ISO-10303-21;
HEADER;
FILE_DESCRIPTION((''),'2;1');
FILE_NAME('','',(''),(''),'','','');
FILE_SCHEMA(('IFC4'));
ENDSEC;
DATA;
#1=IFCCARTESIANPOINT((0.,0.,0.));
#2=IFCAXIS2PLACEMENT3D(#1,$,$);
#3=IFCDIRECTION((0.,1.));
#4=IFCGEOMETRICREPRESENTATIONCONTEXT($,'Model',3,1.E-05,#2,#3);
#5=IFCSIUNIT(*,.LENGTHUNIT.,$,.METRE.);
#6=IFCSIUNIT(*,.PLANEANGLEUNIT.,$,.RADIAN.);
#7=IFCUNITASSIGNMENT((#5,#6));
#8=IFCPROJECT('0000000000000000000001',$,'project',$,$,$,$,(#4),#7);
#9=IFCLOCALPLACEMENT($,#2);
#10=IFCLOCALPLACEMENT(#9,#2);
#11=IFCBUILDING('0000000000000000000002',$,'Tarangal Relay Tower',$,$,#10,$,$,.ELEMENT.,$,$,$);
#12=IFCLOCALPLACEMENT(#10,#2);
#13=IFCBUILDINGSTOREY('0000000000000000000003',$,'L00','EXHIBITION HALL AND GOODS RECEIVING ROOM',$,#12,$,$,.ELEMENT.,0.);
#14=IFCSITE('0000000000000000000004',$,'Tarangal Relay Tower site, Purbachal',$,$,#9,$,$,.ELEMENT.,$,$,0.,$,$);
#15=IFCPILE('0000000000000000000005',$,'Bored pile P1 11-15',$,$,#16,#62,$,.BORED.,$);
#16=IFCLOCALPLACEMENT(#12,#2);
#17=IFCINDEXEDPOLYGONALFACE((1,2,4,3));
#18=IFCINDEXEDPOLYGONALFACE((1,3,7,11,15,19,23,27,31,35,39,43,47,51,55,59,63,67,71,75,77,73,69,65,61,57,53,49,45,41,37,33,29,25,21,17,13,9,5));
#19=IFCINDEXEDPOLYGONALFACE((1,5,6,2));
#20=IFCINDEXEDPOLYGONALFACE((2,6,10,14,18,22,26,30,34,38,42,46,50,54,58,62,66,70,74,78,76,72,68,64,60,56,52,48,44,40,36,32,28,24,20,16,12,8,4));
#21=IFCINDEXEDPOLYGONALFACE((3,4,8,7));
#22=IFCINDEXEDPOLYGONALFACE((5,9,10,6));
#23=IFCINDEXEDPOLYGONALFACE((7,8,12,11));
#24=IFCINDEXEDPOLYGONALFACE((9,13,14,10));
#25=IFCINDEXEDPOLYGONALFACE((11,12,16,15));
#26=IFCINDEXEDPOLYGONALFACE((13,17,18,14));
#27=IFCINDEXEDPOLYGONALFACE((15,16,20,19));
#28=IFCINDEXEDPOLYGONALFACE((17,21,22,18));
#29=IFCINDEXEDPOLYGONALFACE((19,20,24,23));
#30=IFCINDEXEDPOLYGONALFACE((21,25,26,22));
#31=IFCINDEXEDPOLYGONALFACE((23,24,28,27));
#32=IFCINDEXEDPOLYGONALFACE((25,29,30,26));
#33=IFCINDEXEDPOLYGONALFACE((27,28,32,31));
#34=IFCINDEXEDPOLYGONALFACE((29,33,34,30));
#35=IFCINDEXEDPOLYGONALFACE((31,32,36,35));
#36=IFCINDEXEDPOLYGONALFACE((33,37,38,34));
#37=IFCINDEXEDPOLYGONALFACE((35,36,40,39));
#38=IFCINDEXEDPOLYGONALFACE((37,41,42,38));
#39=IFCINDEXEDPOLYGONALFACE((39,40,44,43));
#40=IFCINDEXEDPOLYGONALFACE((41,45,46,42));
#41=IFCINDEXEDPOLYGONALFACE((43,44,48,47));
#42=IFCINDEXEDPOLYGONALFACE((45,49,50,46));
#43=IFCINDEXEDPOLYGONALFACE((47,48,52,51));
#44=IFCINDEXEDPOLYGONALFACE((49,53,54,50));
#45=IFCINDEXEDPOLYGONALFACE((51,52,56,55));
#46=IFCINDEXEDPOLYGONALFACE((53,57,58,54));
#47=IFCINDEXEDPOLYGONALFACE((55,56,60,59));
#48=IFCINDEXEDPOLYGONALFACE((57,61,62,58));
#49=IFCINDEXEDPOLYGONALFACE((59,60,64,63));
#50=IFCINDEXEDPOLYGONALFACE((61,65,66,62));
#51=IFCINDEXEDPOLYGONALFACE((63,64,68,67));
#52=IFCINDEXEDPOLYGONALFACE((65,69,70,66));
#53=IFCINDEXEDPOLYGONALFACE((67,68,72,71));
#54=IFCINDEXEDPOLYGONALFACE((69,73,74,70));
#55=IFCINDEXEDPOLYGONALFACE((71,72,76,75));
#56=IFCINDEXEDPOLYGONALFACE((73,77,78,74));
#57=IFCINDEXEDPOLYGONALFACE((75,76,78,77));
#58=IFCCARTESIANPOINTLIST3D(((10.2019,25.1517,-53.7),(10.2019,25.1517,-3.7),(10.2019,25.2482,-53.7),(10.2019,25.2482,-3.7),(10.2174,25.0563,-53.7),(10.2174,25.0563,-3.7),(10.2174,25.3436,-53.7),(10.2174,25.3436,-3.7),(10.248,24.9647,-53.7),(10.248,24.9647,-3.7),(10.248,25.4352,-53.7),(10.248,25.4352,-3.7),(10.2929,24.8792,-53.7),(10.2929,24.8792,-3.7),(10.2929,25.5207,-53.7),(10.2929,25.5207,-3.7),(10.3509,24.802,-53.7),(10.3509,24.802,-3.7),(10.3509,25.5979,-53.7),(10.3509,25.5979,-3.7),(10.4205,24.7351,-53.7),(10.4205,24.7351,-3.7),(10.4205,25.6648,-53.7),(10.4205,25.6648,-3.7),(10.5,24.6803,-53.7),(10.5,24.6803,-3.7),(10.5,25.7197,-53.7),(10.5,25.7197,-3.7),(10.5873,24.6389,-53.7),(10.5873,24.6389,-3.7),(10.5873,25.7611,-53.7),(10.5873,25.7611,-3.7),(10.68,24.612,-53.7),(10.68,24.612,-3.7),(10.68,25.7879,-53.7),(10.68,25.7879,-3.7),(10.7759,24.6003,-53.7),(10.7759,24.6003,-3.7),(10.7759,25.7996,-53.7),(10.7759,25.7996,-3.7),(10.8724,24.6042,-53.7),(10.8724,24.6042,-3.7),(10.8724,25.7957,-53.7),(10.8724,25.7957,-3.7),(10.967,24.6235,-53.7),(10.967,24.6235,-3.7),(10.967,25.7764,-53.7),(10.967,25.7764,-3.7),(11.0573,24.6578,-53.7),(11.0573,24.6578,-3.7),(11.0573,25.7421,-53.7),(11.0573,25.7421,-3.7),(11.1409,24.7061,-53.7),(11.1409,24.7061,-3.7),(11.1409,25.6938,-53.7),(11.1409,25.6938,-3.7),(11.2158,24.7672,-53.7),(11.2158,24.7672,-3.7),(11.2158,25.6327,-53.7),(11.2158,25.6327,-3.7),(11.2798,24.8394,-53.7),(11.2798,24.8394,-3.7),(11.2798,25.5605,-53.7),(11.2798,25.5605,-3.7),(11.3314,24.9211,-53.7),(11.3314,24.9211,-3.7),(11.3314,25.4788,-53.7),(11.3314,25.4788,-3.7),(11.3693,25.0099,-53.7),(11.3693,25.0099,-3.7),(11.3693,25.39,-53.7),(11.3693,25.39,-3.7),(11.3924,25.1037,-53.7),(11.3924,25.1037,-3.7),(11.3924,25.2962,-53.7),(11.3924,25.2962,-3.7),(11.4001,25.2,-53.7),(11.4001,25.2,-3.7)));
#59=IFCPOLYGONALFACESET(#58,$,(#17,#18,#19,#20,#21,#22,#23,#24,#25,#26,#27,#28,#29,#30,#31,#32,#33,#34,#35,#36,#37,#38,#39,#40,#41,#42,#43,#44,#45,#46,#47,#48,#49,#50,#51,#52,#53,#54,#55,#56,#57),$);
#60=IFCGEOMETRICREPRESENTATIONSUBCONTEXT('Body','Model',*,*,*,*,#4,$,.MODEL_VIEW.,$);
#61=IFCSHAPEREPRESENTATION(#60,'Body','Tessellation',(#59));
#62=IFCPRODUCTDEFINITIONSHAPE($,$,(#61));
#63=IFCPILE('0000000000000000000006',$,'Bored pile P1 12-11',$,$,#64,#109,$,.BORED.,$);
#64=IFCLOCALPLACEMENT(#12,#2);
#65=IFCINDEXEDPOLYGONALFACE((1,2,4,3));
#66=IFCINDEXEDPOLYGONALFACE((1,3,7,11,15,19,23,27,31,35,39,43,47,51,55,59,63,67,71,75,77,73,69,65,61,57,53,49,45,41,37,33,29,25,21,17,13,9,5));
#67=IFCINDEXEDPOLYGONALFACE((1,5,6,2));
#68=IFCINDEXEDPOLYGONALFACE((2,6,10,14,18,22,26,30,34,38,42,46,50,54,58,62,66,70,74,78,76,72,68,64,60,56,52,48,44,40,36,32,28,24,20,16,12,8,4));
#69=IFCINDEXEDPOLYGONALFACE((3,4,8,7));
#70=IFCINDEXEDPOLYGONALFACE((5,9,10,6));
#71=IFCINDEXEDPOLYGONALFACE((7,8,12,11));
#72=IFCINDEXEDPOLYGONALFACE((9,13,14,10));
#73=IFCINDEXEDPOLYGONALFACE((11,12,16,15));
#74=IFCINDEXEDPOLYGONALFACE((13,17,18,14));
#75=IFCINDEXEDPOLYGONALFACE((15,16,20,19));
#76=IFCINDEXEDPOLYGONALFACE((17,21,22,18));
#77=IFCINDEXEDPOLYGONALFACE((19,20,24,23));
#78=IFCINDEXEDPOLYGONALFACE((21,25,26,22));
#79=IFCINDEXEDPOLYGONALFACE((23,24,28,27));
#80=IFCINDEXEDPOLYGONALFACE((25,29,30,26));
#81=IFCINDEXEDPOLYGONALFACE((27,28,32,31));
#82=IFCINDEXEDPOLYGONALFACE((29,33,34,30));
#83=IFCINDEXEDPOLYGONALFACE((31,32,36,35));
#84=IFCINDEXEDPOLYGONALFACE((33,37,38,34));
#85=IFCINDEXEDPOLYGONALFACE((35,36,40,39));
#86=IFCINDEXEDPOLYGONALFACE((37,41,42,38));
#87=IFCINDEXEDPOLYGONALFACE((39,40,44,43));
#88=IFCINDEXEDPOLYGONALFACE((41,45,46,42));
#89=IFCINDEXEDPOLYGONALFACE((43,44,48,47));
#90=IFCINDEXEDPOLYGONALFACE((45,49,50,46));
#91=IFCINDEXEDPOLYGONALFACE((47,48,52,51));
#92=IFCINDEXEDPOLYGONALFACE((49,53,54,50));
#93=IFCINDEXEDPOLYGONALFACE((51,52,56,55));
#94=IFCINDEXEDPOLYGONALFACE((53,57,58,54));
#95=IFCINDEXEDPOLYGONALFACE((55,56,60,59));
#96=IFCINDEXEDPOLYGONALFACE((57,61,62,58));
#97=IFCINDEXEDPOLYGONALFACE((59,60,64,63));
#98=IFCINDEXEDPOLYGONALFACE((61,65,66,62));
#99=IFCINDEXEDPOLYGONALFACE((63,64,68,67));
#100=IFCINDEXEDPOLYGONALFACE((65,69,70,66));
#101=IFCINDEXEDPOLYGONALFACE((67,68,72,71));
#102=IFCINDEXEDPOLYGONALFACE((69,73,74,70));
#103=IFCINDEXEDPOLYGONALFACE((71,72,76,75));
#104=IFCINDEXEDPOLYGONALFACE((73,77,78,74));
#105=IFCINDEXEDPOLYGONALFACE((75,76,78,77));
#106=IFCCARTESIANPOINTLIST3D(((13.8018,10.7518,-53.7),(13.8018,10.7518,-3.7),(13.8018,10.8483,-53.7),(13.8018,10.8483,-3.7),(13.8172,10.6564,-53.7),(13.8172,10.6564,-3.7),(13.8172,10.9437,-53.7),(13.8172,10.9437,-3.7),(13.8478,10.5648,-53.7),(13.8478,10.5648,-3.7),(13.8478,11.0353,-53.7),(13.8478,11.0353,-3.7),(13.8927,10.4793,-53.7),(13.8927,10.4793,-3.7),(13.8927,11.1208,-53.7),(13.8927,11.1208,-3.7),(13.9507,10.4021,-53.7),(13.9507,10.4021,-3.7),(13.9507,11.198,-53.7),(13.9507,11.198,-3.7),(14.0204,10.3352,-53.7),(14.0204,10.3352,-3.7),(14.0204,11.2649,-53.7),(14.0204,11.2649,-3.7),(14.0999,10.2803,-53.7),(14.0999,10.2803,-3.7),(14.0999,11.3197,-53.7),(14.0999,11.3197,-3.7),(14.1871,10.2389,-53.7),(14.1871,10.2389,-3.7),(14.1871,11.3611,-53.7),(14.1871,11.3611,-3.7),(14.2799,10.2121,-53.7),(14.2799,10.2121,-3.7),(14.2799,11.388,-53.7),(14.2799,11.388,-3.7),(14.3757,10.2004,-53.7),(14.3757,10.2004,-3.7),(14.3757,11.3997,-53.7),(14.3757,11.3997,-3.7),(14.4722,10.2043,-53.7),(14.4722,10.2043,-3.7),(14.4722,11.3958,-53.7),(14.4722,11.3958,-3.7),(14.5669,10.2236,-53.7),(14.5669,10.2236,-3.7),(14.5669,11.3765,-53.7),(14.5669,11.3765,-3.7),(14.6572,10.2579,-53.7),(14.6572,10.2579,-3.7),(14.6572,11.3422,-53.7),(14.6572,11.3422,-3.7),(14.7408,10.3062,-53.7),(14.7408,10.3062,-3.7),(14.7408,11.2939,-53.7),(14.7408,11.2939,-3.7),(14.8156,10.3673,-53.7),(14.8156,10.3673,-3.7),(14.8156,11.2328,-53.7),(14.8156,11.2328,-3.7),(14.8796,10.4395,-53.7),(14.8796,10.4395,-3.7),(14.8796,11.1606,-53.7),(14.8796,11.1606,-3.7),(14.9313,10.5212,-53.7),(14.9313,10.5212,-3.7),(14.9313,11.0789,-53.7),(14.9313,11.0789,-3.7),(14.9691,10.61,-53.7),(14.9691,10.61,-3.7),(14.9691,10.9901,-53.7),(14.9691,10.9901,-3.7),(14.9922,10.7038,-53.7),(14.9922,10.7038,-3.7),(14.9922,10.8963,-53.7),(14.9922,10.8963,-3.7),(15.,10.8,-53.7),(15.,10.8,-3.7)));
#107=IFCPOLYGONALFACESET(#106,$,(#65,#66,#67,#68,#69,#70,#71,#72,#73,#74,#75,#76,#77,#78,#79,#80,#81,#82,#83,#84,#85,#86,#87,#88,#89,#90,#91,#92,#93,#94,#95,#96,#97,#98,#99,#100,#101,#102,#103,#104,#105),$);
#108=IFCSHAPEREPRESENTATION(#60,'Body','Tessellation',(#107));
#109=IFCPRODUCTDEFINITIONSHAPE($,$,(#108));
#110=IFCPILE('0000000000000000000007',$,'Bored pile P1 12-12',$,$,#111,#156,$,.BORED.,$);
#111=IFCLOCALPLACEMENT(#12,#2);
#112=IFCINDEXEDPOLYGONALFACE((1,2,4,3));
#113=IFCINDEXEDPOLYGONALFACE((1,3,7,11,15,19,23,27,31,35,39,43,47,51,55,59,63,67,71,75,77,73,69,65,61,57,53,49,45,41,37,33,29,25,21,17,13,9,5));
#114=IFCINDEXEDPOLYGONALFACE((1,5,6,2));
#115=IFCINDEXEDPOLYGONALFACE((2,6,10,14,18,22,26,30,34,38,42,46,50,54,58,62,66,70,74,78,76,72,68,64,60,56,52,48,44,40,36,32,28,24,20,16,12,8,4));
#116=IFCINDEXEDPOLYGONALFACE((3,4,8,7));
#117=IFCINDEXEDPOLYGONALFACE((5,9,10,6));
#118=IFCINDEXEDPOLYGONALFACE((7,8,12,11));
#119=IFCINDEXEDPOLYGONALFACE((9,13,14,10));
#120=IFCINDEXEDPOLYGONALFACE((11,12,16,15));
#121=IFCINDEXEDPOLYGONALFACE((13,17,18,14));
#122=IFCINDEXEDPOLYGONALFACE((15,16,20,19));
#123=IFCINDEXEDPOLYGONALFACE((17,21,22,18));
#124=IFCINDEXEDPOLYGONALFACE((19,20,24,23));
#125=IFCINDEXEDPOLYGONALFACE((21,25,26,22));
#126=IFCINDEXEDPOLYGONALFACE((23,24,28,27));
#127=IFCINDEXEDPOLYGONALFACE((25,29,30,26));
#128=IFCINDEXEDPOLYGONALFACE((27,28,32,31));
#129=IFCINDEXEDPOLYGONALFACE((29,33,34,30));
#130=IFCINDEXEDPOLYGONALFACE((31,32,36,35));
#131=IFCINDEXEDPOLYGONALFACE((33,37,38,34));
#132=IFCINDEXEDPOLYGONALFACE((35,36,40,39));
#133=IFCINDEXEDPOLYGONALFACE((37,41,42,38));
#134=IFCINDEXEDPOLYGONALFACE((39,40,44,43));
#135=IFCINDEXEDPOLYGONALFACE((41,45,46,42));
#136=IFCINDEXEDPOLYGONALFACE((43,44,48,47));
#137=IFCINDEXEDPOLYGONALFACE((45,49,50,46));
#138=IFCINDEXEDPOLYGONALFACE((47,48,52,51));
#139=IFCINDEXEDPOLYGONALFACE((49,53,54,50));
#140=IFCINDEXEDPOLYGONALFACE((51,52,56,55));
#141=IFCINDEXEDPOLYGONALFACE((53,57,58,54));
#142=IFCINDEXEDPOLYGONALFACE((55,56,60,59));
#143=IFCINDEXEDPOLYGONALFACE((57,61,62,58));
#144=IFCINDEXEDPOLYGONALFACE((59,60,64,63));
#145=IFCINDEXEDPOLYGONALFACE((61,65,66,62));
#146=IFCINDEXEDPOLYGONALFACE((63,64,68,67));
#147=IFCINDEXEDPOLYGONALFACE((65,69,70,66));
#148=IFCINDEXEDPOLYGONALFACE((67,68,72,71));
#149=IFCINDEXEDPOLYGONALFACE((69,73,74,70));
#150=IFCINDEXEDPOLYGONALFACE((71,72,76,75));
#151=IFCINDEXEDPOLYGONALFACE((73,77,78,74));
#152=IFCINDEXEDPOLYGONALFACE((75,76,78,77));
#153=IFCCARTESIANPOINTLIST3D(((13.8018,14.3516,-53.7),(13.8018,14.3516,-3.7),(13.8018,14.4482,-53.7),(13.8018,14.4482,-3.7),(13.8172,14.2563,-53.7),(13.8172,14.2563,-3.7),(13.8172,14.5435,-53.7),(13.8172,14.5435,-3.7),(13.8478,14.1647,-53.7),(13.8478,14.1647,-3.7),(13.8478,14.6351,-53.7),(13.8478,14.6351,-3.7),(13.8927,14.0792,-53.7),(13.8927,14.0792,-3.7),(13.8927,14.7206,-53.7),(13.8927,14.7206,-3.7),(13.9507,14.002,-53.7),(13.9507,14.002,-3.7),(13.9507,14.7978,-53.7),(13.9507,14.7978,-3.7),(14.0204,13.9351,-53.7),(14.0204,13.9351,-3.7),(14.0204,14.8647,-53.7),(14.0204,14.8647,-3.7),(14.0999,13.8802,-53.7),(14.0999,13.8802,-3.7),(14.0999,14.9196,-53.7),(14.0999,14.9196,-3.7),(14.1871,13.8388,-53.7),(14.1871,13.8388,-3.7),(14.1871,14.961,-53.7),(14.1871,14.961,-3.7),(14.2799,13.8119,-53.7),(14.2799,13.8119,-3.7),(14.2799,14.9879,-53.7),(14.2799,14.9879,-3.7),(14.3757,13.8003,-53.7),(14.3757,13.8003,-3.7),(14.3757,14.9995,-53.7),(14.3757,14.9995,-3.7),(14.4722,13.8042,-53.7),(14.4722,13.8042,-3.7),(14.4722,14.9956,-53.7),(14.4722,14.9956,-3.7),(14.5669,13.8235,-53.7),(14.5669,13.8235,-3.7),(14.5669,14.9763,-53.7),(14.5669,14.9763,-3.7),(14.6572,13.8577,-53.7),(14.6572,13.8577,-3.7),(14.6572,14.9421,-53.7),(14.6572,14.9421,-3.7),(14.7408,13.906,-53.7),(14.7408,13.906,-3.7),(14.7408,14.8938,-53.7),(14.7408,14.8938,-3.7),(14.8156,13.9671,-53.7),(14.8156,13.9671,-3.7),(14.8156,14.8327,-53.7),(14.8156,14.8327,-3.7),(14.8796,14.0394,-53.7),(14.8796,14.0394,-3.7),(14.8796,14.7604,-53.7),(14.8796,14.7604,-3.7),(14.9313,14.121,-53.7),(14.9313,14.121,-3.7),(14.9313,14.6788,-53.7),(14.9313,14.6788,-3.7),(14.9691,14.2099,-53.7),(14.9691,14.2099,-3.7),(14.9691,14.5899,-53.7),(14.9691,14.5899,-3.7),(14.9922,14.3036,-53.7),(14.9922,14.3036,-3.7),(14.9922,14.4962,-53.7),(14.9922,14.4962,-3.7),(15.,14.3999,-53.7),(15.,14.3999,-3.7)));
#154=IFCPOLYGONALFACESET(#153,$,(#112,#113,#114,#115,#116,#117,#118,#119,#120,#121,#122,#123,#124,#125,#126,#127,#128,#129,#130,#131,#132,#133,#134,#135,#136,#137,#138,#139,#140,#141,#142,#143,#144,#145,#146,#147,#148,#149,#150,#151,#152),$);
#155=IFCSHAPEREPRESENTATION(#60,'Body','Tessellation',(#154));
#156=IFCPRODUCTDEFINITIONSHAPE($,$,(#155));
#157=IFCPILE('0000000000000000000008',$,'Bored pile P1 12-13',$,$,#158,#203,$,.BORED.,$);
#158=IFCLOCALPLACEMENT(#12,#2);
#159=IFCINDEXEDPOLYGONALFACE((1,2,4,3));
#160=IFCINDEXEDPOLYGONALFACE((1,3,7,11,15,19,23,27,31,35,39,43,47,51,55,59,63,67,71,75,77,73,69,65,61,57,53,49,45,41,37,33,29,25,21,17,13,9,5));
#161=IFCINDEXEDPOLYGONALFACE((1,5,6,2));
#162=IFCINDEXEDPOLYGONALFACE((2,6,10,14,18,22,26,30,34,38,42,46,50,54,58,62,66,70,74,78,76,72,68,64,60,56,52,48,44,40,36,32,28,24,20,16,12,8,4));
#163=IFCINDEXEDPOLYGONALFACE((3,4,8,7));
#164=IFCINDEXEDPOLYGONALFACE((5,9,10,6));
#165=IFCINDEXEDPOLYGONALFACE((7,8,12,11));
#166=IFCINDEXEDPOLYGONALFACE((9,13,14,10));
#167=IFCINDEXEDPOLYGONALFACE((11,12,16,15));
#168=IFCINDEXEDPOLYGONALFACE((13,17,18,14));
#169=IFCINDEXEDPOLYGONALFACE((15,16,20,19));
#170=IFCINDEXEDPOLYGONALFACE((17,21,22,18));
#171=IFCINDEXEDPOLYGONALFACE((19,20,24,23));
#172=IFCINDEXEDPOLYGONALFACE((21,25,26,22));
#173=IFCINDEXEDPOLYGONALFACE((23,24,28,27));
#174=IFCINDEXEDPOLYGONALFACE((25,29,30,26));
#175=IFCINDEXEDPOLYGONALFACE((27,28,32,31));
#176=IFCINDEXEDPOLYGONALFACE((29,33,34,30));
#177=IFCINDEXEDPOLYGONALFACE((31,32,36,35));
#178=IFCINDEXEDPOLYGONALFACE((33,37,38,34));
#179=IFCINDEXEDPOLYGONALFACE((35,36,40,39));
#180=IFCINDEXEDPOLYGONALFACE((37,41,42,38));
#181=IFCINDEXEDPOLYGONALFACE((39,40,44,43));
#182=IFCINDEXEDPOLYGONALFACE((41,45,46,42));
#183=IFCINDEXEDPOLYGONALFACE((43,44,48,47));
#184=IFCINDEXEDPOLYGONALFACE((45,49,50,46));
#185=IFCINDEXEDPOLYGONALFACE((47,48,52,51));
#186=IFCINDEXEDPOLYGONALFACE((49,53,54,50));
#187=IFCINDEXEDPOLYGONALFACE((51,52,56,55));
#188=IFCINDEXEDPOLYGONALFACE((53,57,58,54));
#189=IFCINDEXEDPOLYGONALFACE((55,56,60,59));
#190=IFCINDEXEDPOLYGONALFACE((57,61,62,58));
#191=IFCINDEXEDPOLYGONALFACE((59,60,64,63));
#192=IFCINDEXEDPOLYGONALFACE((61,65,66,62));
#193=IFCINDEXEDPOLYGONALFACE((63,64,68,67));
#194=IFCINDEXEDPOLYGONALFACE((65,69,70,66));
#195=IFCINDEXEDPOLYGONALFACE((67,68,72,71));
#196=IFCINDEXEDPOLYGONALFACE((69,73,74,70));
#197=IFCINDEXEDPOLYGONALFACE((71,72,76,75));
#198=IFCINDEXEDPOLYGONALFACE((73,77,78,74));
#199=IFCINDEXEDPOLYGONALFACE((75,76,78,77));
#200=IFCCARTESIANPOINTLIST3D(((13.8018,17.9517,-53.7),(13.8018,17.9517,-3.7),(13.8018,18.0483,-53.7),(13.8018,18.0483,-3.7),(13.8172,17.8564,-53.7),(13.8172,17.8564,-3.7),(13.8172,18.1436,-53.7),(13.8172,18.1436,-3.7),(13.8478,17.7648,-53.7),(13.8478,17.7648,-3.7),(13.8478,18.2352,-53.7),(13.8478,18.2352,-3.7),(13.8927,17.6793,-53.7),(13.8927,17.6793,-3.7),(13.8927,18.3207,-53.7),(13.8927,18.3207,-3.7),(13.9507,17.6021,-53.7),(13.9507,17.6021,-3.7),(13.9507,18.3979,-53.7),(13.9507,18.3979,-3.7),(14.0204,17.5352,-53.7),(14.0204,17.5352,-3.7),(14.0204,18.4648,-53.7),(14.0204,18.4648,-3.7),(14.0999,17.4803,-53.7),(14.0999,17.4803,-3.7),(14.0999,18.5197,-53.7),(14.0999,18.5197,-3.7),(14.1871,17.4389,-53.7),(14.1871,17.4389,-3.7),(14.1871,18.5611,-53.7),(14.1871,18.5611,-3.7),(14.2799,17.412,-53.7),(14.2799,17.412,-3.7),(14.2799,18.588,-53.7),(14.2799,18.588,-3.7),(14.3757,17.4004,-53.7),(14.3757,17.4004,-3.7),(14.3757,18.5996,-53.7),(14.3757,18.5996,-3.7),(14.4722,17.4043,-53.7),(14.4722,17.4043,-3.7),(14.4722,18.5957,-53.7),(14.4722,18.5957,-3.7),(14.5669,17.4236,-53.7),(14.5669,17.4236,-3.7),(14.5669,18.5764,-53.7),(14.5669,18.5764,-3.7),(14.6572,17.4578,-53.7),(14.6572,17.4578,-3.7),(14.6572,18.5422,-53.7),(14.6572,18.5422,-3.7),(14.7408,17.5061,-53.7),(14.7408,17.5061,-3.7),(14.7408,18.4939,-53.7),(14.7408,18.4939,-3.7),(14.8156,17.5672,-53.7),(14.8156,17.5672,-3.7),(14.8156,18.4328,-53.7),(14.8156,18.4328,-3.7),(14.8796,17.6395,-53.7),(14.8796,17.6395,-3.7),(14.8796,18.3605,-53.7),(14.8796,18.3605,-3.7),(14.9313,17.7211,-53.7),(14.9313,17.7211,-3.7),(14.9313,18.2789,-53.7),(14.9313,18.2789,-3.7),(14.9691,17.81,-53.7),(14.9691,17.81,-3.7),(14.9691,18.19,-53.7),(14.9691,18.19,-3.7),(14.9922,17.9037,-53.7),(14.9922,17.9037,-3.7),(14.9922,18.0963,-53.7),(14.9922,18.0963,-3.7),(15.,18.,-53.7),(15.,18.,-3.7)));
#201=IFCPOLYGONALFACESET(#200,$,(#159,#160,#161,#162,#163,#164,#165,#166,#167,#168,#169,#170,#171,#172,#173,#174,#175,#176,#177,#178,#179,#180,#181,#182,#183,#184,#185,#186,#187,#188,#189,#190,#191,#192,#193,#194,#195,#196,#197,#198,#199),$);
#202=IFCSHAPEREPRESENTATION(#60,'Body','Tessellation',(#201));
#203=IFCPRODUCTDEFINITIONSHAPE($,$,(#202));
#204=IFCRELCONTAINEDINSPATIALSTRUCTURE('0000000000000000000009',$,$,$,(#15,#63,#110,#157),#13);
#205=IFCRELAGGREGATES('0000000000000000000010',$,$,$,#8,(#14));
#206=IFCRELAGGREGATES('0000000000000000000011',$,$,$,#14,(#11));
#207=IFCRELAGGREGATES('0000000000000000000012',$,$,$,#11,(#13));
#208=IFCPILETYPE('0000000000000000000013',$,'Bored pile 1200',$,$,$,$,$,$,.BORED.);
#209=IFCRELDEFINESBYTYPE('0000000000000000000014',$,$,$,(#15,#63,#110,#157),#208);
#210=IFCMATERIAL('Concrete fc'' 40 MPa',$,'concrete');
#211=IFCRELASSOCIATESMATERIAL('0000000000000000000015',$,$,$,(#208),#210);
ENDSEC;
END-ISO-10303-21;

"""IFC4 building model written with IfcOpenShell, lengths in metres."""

from ifc_helpers import new_model, si_unit, direction, frame, origin, origin_2d, place, context, subcontext, project, spatial, circle, extrude, material, material_profile, profile_set, type_object, element, save


model = new_model("IFC4")

# Units and contexts
model_context = context("Model", 3, precision=1e-05, world=origin(), true_north=direction((0.0, 1.0)))
body_context = subcontext(model_context, "Body", "Model", "MODEL_VIEW")
ifc_project = project(units=[si_unit("LENGTHUNIT", "METRE"), si_unit("PLANEANGLEUNIT", "RADIAN")], contexts=[model_context])

# Site, building, storey
site_placement = place(None, origin())
site = spatial("IfcSite", under=ifc_project, at=site_placement, Name="Tarangal Relay Tower site, Purbachal", CompositionType="ELEMENT", RefElevation=0.0)
building_placement = place(site_placement, origin())
building = spatial("IfcBuilding", under=site, at=building_placement, Name="Tarangal Relay Tower", CompositionType="ELEMENT")
storey_placement = place(building_placement, origin())
storey = spatial("IfcBuildingStorey", under=building, at=storey_placement, Name="L00", Description="EXHIBITION HALL AND GOODS RECEIVING ROOM", CompositionType="ELEMENT", Elevation=0.0)

# Piles
ifc_material_1 = material(Name="Concrete fc' 40 MPa", Category="concrete")
ifc_material_profile = material_profile(ifc_material_1, circle(Radius=0.6001, at=origin_2d()), Name="D1200")
ifc_profile_set = profile_set([ifc_material_profile], Name="Concrete fc' 40 MPa")
pile_type = type_object("IfcPileType", Name="Bored pile 1200", PredefinedType="BORED", material=ifc_profile_set)
for number, where, z_axis, x_axis, name in (
    (1, (10.8, 25.2, -3.7), (0.0, 0.0, -1.0), (1.0, 0.0, 0.0), "Bored pile P1 11-15"),
    (2, (14.3999, 10.8, -3.7), (0.0, 0.0, -1.0), (1.0, 0.0, 0.0), "Bored pile P1 12-11"),
    (3, (14.3999, 14.3999, -3.7), (0.0, 0.0, -1.0), (1.0, 0.0, 0.0), "Bored pile P1 12-12"),
    (4, (14.3999, 18.0, -3.7), (0.0, 0.0, -1.0), (1.0, 0.0, 0.0), "Bored pile P1 12-13"),
):
    element("IfcPile", number, at=place(storey_placement, frame(where, z_axis=z_axis, x_axis=x_axis)), inside=storey, type_object=pile_type, Name=name, PredefinedType="BORED", context=body_context, shape_type="SweptSolid", body=[
        extrude(circle(Radius=0.6001, at=origin_2d()), origin(), (0.0, 0.0, 1.0), 50.0),
    ])

save(model, "model.ifc")
